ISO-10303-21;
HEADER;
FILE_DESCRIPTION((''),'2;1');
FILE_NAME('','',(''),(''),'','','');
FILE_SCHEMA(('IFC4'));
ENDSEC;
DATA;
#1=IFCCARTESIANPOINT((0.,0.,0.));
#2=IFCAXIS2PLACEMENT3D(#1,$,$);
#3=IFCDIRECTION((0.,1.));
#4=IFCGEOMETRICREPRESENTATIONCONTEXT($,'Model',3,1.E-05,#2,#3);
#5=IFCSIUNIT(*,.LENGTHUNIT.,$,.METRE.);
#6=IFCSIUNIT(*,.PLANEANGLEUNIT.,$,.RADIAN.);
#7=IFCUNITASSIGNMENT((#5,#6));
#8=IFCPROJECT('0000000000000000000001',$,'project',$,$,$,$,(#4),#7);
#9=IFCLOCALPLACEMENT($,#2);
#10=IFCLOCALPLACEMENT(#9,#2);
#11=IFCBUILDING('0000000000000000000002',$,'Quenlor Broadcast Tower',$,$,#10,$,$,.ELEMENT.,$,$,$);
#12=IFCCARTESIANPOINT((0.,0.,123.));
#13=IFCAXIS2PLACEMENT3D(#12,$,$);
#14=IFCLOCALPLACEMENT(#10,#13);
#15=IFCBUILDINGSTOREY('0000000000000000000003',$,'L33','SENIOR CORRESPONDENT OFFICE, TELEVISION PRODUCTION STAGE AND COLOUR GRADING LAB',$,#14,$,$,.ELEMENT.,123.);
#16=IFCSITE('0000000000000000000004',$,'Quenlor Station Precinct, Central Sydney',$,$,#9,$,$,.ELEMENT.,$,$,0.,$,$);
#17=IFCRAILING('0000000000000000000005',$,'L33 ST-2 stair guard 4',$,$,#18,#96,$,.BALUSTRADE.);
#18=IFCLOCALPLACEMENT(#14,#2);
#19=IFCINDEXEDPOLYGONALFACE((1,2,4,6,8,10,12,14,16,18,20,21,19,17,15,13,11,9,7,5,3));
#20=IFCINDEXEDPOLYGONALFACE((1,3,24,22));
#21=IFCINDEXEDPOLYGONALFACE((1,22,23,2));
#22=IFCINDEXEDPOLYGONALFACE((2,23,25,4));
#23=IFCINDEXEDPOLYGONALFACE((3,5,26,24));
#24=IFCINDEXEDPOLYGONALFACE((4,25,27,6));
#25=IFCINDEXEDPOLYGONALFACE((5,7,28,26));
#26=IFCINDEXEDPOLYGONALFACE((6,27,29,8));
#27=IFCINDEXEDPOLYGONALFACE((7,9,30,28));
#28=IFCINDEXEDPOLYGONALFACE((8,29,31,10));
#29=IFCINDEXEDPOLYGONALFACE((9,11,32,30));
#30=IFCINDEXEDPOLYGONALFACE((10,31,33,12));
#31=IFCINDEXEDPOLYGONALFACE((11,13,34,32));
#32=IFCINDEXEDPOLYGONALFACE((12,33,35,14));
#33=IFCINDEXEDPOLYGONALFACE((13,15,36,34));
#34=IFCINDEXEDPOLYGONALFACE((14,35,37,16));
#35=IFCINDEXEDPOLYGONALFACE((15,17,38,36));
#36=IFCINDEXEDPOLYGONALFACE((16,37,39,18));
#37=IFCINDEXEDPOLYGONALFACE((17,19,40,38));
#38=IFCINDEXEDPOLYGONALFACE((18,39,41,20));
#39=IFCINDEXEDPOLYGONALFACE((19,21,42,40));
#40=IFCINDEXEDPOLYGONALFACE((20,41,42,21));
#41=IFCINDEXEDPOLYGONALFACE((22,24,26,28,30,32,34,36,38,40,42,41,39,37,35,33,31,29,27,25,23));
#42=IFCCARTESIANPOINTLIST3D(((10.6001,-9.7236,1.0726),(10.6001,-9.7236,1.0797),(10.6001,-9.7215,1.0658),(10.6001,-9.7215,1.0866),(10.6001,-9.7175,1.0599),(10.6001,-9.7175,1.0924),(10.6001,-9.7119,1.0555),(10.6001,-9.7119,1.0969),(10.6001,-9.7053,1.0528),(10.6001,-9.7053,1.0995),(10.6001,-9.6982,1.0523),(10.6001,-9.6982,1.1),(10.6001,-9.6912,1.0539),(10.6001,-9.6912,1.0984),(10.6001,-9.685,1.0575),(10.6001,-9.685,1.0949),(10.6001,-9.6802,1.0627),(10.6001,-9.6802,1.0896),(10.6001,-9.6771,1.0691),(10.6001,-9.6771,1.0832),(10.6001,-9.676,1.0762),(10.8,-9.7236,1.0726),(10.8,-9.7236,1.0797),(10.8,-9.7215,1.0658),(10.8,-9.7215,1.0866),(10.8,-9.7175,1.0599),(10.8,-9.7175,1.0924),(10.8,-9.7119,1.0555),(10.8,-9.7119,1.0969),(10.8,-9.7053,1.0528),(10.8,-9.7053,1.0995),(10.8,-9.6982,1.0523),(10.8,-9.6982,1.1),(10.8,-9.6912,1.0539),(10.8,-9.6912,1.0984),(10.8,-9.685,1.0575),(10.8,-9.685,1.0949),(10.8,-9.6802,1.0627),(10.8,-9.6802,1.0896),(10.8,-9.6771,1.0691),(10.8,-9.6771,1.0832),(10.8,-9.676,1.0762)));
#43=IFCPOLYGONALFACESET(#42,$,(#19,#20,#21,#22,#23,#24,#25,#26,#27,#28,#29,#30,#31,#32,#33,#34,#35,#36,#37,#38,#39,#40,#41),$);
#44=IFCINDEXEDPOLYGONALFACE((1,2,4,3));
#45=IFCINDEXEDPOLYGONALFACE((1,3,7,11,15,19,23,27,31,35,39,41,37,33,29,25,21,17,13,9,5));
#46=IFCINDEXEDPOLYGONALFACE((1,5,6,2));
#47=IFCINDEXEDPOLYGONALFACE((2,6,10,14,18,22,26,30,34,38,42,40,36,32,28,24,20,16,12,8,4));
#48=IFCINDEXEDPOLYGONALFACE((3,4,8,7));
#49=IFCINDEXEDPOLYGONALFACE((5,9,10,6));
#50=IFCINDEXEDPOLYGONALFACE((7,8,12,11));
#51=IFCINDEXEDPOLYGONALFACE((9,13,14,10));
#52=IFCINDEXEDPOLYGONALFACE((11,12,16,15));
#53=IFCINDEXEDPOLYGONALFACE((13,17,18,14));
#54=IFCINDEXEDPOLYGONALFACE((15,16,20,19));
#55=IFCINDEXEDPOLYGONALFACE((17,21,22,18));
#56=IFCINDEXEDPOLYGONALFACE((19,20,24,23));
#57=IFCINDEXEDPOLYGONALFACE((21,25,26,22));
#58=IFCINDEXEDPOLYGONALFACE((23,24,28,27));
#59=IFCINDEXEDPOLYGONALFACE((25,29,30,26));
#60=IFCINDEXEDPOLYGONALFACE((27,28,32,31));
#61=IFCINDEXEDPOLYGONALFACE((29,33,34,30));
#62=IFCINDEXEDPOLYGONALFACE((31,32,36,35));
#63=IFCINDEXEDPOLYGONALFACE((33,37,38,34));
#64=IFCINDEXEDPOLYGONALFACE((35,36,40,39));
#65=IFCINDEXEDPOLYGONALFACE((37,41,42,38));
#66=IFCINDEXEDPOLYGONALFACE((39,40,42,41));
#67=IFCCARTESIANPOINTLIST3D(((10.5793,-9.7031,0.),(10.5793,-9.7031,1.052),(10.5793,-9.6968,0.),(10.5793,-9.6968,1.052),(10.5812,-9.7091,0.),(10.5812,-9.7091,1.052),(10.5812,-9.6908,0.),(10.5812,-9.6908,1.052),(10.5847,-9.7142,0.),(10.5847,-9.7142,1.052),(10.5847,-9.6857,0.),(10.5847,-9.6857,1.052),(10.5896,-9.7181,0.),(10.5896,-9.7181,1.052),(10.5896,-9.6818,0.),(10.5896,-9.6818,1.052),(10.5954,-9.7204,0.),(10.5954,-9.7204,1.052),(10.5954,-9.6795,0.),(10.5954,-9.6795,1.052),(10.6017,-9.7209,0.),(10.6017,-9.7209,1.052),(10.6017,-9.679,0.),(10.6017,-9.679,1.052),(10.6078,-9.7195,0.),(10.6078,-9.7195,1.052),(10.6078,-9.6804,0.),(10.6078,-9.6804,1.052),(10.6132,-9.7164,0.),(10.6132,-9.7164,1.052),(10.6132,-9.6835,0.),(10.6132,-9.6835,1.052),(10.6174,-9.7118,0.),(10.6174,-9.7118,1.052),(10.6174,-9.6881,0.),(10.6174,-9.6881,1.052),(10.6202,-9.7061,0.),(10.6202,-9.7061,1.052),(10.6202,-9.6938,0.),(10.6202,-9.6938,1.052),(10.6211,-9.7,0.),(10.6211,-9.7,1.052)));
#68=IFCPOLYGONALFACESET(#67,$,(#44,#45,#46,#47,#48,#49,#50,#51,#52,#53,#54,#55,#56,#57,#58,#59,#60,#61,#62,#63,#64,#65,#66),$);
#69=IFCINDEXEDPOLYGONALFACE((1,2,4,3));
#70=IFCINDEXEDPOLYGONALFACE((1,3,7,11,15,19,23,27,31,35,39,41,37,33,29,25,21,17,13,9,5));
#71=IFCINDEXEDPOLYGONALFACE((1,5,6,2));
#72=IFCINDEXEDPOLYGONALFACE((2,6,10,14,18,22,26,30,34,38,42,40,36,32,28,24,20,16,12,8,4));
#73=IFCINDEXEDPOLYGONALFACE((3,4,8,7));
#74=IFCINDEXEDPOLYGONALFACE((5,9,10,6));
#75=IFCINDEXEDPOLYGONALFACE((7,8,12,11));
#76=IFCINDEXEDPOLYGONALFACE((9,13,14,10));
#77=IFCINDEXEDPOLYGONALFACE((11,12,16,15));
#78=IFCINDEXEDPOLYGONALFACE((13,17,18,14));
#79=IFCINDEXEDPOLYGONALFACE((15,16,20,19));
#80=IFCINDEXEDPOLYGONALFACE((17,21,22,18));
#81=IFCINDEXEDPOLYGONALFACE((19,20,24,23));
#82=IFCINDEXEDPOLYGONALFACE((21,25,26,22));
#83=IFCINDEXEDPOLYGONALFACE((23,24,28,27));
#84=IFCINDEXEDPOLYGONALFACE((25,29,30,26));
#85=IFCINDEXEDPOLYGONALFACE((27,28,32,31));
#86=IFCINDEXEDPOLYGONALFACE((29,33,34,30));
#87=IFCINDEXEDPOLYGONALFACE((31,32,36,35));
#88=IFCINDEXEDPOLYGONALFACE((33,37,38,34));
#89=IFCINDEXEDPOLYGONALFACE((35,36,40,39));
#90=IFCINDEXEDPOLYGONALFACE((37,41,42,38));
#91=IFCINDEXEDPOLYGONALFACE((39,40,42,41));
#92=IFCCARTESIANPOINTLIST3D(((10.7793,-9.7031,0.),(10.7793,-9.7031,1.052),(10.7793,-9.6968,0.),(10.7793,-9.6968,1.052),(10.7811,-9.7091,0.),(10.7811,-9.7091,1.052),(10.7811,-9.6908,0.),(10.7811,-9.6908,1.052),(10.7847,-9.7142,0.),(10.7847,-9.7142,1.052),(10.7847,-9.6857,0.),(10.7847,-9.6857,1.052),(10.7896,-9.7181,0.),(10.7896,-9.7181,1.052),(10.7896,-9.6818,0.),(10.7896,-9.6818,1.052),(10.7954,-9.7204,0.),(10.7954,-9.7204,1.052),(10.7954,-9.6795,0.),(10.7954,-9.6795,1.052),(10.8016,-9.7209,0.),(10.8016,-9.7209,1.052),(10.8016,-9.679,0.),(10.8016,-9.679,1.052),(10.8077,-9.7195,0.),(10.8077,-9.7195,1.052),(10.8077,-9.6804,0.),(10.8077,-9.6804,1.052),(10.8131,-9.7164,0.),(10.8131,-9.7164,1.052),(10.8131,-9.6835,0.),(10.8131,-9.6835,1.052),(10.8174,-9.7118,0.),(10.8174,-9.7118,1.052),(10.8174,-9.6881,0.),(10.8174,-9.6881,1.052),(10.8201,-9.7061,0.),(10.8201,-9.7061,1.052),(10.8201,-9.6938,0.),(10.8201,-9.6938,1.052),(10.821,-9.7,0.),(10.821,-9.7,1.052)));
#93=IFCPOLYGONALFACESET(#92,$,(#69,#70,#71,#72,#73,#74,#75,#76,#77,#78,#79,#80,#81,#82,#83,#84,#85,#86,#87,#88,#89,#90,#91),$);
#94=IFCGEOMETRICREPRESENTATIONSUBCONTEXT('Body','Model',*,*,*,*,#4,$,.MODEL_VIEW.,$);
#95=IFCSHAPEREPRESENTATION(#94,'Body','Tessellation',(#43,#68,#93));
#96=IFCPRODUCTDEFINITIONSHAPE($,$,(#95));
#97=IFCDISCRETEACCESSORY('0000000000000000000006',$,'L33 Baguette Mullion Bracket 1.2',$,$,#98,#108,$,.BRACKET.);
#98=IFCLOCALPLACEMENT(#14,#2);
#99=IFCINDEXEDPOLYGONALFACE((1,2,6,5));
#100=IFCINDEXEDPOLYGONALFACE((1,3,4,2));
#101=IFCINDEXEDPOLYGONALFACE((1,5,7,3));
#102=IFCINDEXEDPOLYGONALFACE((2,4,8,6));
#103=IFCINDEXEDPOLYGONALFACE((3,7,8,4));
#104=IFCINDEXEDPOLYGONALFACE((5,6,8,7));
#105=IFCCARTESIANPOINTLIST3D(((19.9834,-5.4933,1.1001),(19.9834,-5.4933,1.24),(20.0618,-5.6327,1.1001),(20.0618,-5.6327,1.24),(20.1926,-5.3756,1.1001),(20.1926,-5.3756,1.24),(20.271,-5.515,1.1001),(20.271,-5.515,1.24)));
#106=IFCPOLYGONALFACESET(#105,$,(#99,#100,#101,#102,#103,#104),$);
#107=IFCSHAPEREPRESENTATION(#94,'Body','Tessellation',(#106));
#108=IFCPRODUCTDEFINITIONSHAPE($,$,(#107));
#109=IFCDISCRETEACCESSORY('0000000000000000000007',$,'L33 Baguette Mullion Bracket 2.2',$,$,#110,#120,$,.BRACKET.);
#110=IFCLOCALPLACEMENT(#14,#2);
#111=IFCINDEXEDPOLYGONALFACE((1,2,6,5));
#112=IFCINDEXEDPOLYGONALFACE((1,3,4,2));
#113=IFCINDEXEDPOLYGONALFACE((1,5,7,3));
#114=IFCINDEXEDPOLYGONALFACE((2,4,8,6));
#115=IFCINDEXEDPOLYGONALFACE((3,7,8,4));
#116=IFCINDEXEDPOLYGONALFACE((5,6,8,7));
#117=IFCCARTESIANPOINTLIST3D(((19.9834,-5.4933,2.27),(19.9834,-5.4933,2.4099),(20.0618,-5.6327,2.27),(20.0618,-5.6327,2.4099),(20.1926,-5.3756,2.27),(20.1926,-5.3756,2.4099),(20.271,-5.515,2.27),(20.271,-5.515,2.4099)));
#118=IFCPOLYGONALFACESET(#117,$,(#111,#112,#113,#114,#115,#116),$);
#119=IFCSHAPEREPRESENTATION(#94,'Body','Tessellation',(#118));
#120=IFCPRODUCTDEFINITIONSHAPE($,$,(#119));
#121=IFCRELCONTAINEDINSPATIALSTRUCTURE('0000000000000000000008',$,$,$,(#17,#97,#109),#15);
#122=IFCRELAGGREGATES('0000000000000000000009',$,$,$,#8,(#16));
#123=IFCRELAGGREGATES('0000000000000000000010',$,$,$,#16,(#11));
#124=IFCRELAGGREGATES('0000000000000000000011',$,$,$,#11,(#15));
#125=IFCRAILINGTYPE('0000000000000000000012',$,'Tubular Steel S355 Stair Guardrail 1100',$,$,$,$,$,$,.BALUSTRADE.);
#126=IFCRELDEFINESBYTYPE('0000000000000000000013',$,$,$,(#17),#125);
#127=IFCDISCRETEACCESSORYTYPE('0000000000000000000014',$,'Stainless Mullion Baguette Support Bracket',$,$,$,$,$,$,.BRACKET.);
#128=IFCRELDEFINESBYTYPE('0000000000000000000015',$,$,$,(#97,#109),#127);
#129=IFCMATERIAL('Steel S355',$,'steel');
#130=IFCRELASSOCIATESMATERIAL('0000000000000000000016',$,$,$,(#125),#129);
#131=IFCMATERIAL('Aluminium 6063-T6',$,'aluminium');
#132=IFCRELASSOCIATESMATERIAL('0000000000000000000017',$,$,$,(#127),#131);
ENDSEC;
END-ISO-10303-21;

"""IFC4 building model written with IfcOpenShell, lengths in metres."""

from ifc_helpers import new_model, si_unit, direction, frame, origin, origin_2d, place, context, subcontext, project, spatial, rectangle, circle, extrude, material, type_object, element, save


model = new_model("IFC4")

# Units and contexts
model_context = context("Model", 3, precision=1e-05, world=origin(), true_north=direction((0.0, 1.0)))
body_context = subcontext(model_context, "Body", "Model", "MODEL_VIEW")
ifc_project = project(units=[si_unit("LENGTHUNIT", "METRE"), si_unit("PLANEANGLEUNIT", "RADIAN")], contexts=[model_context])

# Site, building, storey
site_placement = place(None, origin())
site = spatial("IfcSite", under=ifc_project, at=site_placement, Name="Quenlor Station Precinct, Central Sydney", CompositionType="ELEMENT", RefElevation=0.0)
building_placement = place(site_placement, origin())
building = spatial("IfcBuilding", under=site, at=building_placement, Name="Quenlor Broadcast Tower", CompositionType="ELEMENT")
storey_placement = place(building_placement, frame((0.0, 0.0, 123.0)))
storey = spatial("IfcBuildingStorey", under=building, at=storey_placement, Name="L33", Description="SENIOR CORRESPONDENT OFFICE, TELEVISION PRODUCTION STAGE AND COLOUR GRADING LAB", CompositionType="ELEMENT", Elevation=123.0)

# Railing
ifc_material_1 = material(Name="Steel S355", Category="steel")
railing_type_1 = type_object("IfcRailingType", Name="Tubular Steel S355 Stair Guardrail 1100", PredefinedType="BALUSTRADE", material=ifc_material_1)
railing_1_placement = place(storey_placement, frame((10.6001, -9.7, 0.0)))
element("IfcRailing", 1, at=railing_1_placement, inside=storey, type_object=railing_type_1, Name="L33 ST-2 stair guard 4", PredefinedType="BALUSTRADE", context=body_context, shape_type="SweptSolid", body=[
    extrude(circle(Radius=0.0239, at=origin_2d()), frame((0.0, 0.0, 1.0762), z_axis=(1.0, 0.0, 0.0), x_axis=(0.0, 1.0, 0.0)), (0.0, 0.0, 1.0), 0.2),
    extrude(circle(Radius=0.021, at=origin_2d()), origin(), (0.0, 0.0, 1.0), 1.052),
    extrude(circle(Radius=0.021, at=origin_2d()), frame((0.2, 0.0, 0.0)), (0.0, 0.0, 1.0), 1.052),
])

# Discrete accessories
ifc_material_2 = material(Name="Aluminium 6063-T6", Category="aluminium")
discrete_accessory_type = type_object("IfcDiscreteAccessoryType", Name="Stainless Mullion Baguette Support Bracket", PredefinedType="BRACKET", material=ifc_material_2)
for number, where, z_axis, x_axis, name in (
    (2, (20.1272, -5.5042, 1.1001), (0.0, 0.0, 1.0), (0.490277, -0.871567, 0.0), "L33 Baguette Mullion Bracket 1.2"),
    (3, (20.1272, -5.5042, 2.27), (0.0, 0.0, 1.0), (0.490277, -0.871567, 0.0), "L33 Baguette Mullion Bracket 2.2"),
):
    element("IfcDiscreteAccessory", number, at=place(storey_placement, frame(where, z_axis=z_axis, x_axis=x_axis)), inside=storey, type_object=discrete_accessory_type, Name=name, PredefinedType="BRACKET", context=body_context, shape_type="SweptSolid", body=[
        extrude(rectangle(XDim=0.1599, YDim=0.24, at=origin_2d()), origin(), (0.0, 0.0, 1.0), 0.1399),
    ])

save(model, "model.ifc")
